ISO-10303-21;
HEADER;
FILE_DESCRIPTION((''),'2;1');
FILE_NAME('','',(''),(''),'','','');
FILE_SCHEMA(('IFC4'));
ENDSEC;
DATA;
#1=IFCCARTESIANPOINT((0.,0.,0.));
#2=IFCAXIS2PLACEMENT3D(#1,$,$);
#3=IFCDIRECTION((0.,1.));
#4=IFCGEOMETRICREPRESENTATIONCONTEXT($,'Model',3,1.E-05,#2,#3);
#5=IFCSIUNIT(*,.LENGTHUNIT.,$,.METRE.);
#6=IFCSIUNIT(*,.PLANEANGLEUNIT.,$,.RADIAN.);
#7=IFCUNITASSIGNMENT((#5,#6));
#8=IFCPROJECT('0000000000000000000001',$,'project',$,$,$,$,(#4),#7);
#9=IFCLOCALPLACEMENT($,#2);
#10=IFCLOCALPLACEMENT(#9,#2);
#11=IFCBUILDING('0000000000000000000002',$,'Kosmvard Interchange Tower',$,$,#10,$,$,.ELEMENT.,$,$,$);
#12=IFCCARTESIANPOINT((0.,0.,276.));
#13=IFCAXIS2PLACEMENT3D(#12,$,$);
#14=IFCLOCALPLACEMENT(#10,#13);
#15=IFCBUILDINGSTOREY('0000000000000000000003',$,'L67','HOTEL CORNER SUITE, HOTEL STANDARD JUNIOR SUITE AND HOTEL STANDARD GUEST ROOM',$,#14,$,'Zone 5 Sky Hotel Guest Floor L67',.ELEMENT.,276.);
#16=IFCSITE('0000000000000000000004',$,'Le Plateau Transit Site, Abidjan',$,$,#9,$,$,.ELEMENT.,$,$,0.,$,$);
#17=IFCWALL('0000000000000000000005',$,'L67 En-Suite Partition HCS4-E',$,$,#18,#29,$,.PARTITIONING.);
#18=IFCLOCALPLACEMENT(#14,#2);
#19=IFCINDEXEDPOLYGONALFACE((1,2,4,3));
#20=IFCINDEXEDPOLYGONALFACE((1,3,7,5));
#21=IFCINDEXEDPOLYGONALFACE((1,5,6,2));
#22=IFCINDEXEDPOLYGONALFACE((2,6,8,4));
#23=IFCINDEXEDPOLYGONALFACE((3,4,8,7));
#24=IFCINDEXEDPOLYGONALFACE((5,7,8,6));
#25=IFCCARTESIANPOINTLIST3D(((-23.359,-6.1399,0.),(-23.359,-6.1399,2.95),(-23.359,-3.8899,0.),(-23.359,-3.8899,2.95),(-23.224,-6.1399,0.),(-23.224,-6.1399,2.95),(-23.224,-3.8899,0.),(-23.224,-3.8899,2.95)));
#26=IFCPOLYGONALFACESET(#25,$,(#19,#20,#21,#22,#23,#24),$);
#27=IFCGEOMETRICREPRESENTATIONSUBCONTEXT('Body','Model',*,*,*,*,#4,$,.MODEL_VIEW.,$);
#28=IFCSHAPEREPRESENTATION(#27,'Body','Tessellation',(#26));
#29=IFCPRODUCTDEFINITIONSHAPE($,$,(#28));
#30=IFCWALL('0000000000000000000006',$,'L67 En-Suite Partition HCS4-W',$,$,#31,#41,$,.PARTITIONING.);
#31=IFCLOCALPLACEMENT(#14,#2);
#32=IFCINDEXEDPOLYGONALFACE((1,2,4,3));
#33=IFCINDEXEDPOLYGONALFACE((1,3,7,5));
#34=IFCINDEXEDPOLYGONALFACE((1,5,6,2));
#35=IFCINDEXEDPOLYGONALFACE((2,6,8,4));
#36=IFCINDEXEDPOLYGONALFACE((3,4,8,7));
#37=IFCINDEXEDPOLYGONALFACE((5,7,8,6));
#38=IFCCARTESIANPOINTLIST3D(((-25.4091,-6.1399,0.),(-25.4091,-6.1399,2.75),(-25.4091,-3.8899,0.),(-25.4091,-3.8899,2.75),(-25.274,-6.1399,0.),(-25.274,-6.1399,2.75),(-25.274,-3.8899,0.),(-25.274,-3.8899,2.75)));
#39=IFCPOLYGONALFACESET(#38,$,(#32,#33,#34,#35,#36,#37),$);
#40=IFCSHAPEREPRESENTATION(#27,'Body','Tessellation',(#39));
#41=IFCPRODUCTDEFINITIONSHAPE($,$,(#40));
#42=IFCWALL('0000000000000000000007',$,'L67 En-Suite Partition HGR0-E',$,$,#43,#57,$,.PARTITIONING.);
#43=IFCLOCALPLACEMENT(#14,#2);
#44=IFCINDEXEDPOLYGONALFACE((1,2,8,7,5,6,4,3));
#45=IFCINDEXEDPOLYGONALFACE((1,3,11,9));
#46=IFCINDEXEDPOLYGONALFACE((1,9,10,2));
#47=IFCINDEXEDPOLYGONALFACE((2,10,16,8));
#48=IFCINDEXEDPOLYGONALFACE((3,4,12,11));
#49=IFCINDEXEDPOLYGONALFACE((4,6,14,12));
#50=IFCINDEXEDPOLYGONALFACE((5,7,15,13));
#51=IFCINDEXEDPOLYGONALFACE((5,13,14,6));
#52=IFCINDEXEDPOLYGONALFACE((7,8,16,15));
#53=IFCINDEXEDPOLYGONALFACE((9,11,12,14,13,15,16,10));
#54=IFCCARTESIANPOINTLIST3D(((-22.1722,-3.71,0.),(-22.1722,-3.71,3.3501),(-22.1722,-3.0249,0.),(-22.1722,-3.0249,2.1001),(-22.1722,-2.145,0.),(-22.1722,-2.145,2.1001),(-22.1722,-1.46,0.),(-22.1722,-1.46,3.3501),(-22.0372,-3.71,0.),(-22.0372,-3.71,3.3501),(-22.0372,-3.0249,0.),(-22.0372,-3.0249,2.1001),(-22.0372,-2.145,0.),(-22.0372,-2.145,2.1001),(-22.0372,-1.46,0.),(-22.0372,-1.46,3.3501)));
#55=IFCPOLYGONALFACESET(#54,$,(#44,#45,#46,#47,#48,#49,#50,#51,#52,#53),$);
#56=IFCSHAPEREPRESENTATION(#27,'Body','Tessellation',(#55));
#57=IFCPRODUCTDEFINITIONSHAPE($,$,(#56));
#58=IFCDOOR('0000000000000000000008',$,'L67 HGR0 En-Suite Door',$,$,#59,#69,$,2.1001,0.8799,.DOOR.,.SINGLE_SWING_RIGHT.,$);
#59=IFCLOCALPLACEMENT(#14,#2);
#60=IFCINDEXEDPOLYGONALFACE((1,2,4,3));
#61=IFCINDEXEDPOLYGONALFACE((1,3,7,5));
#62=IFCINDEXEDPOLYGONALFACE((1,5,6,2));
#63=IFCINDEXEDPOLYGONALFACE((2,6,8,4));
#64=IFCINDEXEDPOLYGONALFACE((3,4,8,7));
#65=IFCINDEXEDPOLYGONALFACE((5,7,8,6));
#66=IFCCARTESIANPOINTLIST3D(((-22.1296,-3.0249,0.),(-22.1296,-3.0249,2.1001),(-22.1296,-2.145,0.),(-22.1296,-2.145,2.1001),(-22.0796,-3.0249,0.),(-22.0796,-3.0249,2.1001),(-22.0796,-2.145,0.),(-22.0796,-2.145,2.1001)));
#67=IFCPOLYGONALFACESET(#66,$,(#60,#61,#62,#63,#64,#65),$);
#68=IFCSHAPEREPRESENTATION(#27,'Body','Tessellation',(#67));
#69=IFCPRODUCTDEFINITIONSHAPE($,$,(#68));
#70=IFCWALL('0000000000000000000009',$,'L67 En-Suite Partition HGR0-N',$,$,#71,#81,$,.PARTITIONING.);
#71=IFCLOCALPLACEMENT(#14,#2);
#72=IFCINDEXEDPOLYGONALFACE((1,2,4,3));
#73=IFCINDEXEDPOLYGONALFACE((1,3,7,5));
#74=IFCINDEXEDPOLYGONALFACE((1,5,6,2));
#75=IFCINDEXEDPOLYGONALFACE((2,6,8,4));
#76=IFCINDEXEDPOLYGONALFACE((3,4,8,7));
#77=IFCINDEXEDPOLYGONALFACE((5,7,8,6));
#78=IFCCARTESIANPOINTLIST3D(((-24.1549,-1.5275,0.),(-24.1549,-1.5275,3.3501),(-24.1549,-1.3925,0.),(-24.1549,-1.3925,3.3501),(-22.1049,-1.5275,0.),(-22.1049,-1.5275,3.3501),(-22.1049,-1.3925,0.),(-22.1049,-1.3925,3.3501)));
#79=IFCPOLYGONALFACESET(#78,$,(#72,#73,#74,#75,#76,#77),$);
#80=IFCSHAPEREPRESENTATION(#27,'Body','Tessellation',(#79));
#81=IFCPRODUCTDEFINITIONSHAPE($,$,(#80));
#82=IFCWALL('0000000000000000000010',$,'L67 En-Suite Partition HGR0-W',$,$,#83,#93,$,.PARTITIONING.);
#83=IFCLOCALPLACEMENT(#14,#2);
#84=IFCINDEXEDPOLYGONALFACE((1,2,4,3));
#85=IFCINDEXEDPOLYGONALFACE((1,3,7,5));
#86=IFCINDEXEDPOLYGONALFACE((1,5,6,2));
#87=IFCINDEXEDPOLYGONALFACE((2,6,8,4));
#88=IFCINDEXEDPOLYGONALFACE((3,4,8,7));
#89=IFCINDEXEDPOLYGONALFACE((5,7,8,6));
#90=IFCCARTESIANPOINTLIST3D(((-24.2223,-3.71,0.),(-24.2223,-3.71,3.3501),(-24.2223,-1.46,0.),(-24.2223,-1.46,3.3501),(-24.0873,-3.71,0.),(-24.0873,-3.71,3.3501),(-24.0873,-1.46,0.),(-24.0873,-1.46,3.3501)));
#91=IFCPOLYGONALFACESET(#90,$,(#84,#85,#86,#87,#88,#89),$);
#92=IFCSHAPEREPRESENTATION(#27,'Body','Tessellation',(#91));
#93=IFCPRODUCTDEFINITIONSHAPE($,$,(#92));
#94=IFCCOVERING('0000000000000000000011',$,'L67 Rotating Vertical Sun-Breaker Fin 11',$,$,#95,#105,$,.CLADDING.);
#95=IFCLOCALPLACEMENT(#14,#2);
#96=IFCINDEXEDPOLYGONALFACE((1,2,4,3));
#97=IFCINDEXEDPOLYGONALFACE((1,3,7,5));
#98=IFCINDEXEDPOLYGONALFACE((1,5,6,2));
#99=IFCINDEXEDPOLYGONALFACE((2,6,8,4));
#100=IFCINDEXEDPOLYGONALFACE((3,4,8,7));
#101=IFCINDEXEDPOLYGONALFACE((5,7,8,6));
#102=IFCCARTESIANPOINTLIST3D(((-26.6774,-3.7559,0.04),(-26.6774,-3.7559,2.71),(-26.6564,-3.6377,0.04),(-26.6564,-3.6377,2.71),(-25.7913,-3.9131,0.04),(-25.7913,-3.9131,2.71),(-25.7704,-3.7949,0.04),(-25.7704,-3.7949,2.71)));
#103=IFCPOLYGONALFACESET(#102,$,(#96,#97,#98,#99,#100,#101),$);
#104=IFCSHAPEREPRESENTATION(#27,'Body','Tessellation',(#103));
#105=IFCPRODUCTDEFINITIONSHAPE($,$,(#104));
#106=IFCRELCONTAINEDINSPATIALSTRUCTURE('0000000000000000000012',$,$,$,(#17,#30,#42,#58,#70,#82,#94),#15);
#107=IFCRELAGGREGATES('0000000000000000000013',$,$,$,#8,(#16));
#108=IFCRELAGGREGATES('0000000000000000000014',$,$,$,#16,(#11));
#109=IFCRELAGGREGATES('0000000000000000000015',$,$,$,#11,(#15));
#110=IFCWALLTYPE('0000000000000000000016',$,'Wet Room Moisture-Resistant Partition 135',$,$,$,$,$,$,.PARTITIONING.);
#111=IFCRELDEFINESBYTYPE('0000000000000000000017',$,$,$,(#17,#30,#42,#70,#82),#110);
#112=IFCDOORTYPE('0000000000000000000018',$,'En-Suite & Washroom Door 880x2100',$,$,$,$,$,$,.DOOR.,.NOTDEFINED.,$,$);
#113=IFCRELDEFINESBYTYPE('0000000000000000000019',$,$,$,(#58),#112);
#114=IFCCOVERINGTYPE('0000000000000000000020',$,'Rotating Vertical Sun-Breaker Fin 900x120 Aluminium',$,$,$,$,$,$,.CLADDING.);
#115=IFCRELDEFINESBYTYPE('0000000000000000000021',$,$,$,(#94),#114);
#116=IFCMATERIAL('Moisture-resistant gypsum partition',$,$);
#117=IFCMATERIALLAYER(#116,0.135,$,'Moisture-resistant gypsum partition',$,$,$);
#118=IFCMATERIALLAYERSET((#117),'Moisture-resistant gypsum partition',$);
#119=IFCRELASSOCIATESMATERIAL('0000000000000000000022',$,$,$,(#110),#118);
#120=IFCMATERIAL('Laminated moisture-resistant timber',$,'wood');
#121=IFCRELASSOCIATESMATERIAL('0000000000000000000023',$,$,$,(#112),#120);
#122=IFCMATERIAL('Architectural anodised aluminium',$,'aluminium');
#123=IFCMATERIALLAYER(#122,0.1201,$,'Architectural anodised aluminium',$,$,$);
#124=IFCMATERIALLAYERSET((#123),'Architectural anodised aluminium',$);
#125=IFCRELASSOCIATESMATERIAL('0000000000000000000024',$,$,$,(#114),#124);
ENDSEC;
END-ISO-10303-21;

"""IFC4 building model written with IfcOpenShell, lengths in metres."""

from ifc_helpers import new_model, si_unit, direction, frame, frame_2d, origin, origin_2d, place, context, subcontext, project, spatial, rectangle, extrude, source, transform, mapped, material, layer, layer_set, type_object, element, fill, save


model = new_model("IFC4")

# Units and contexts
model_context = context("Model", 3, precision=1e-05, world=origin(), true_north=direction((0.0, 1.0)))
body_context = subcontext(model_context, "Body", "Model", "MODEL_VIEW")
ifc_project = project(units=[si_unit("LENGTHUNIT", "METRE"), si_unit("PLANEANGLEUNIT", "RADIAN")], contexts=[model_context])

# Site, building, storey
site_placement = place(None, origin())
site = spatial("IfcSite", under=ifc_project, at=site_placement, Name="Le Plateau Transit Site, Abidjan", CompositionType="ELEMENT", RefElevation=0.0)
building_placement = place(site_placement, origin())
building = spatial("IfcBuilding", under=site, at=building_placement, Name="Kosmvard Interchange Tower", CompositionType="ELEMENT")
storey_placement = place(building_placement, frame((0.0, 0.0, 276.0)))
storey = spatial("IfcBuildingStorey", under=building, at=storey_placement, Name="L67", Description="HOTEL CORNER SUITE, HOTEL STANDARD JUNIOR SUITE AND HOTEL STANDARD GUEST ROOM", LongName="Zone 5 Sky Hotel Guest Floor L67", CompositionType="ELEMENT", Elevation=276.0)

# Shared definitions
ifc_material_1 = material(Name="Moisture-resistant gypsum partition")
ifc_layer_1 = layer(ifc_material_1, 0.135, Name="Moisture-resistant gypsum partition")
ifc_layer_set_1 = layer_set([ifc_layer_1], Name="Moisture-resistant gypsum partition")
wall_type_1 = type_object("IfcWallType", Name="Wet Room Moisture-Resistant Partition 135", PredefinedType="PARTITIONING", material=ifc_layer_set_1)
ifc_material_2 = material(Name="Laminated moisture-resistant timber", Category="wood")
door_type = type_object("IfcDoorType", Name="En-Suite & Washroom Door 880x2100", OperationType="NOTDEFINED", PredefinedType="DOOR", material=ifc_material_2)
shared_shape_1 = source(origin(), body_context, "Body", "SweptSolid", [
    extrude(rectangle(XDim=0.8799, YDim=2.1001, at=frame_2d((0.4399, 1.05))), frame((0.0, 0.0249, 0.0), z_axis=(0.0, -1.0, 0.0), x_axis=(1.0, 0.0, 0.0)), (0.0, 0.0, 1.0), 0.05),
])

# Walls
wall_1_placement = place(storey_placement, frame((-23.2915, -6.1399, 0.0), z_axis=(0.0, 0.0, 1.0), x_axis=(0.0, 1.0, 0.0)))
element("IfcWall", 1, at=wall_1_placement, inside=storey, type_object=wall_type_1, Name="L67 En-Suite Partition HCS4-E", PredefinedType="PARTITIONING", context=body_context, shape_type="SweptSolid", body=[
    extrude(rectangle(XDim=2.25, YDim=0.135, at=frame_2d((1.125, 0.0))), origin(), (0.0, 0.0, 1.0), 2.95),
])
wall_2_placement = place(storey_placement, frame((-25.3416, -6.1399, 0.0), z_axis=(0.0, 0.0, 1.0), x_axis=(0.0, 1.0, 0.0)))
element("IfcWall", 2, at=wall_2_placement, inside=storey, type_object=wall_type_1, Name="L67 En-Suite Partition HCS4-W", PredefinedType="PARTITIONING", context=body_context, shape_type="SweptSolid", body=[
    extrude(rectangle(XDim=2.25, YDim=0.135, at=frame_2d((1.125, 0.0))), origin(), (0.0, 0.0, 1.0), 2.75),
])

# Wall, opening, door
wall_3_placement = place(storey_placement, frame((-22.1047, -3.71, 0.0), z_axis=(0.0, 0.0, 1.0), x_axis=(0.0, 1.0, 0.0)))
wall_3 = element("IfcWall", 3, at=wall_3_placement, inside=storey, type_object=wall_type_1, Name="L67 En-Suite Partition HGR0-E", PredefinedType="PARTITIONING", context=body_context, shape_type="SweptSolid", body=[
    extrude(rectangle(XDim=2.25, YDim=0.135, at=frame_2d((1.125, 0.0))), origin(), (0.0, 0.0, 1.0), 3.3501),
])
opening_1_placement = place(wall_3_placement, frame((0.6851, 0.0, 0.0)))
opening_1 = element("IfcOpeningElement", 4, at=opening_1_placement, cuts=wall_3, PredefinedType="OPENING", context=body_context, shape_type="SweptSolid", body=[
    extrude(rectangle(XDim=0.8799, YDim=2.1001, at=frame_2d((0.4399, 1.05))), frame((0.0, 0.0776, 0.0), z_axis=(0.0, -1.0, 0.0), x_axis=(1.0, 0.0, 0.0)), (0.0, 0.0, 1.0), 0.155),
])
door_1_placement = place(opening_1_placement, origin())
door_1 = element("IfcDoor", 5, at=door_1_placement, inside=storey, type_object=door_type, Name="L67 HGR0 En-Suite Door", OperationType="SINGLE_SWING_RIGHT", OverallHeight=2.1001, OverallWidth=0.8799, PredefinedType="DOOR", context=body_context, shape_type="MappedRepresentation", body=[
    mapped(shared_shape_1, transform((0.0, 0.0, 0.0), scale=1.0)),
])
fill(opening_1, door_1)

# Walls
wall_4_placement = place(storey_placement, frame((-24.1548, -1.46, 0.0), z_axis=(0.0, 0.0, 1.0), x_axis=(1.0, 0.0, 0.0)))
element("IfcWall", 6, at=wall_4_placement, inside=storey, type_object=wall_type_1, Name="L67 En-Suite Partition HGR0-N", PredefinedType="PARTITIONING", context=body_context, shape_type="SweptSolid", body=[
    extrude(rectangle(XDim=2.05, YDim=0.135, at=frame_2d((1.0249, 0.0))), origin(), (0.0, 0.0, 1.0), 3.3501),
])
wall_5_placement = place(storey_placement, frame((-24.1548, -3.71, 0.0), z_axis=(0.0, 0.0, 1.0), x_axis=(0.0, 1.0, 0.0)))
element("IfcWall", 7, at=wall_5_placement, inside=storey, type_object=wall_type_1, Name="L67 En-Suite Partition HGR0-W", PredefinedType="PARTITIONING", context=body_context, shape_type="SweptSolid", body=[
    extrude(rectangle(XDim=2.25, YDim=0.135, at=frame_2d((1.125, 0.0))), origin(), (0.0, 0.0, 1.0), 3.3501),
])

# Covering
ifc_material_3 = material(Name="Architectural anodised aluminium", Category="aluminium")
ifc_layer_2 = layer(ifc_material_3, 0.1201, Name="Architectural anodised aluminium")
ifc_layer_set_2 = layer_set([ifc_layer_2], Name="Architectural anodised aluminium")
covering_type = type_object("IfcCoveringType", Name="Rotating Vertical Sun-Breaker Fin 900x120 Aluminium", PredefinedType="CLADDING", material=ifc_layer_set_2)
shared_shape_2 = source(origin(), body_context, "Body", "SweptSolid", [
    extrude(rectangle(XDim=0.8999, YDim=0.1201, at=origin_2d()), origin(), (0.0, 0.0, 1.0), 2.6699),
])
covering_placement = place(storey_placement, frame((-26.2239, -3.7754, 0.04), z_axis=(0.0, 0.0, 1.0), x_axis=(-0.984625, 0.174679, 0.0)))
element("IfcCovering", 8, at=covering_placement, inside=storey, type_object=covering_type, Name="L67 Rotating Vertical Sun-Breaker Fin 11", PredefinedType="CLADDING", context=body_context, shape_type="MappedRepresentation", body=[
    mapped(shared_shape_2, transform((0.0, 0.0, 0.0), scale=1.0)),
])

save(model, "model.ifc")
